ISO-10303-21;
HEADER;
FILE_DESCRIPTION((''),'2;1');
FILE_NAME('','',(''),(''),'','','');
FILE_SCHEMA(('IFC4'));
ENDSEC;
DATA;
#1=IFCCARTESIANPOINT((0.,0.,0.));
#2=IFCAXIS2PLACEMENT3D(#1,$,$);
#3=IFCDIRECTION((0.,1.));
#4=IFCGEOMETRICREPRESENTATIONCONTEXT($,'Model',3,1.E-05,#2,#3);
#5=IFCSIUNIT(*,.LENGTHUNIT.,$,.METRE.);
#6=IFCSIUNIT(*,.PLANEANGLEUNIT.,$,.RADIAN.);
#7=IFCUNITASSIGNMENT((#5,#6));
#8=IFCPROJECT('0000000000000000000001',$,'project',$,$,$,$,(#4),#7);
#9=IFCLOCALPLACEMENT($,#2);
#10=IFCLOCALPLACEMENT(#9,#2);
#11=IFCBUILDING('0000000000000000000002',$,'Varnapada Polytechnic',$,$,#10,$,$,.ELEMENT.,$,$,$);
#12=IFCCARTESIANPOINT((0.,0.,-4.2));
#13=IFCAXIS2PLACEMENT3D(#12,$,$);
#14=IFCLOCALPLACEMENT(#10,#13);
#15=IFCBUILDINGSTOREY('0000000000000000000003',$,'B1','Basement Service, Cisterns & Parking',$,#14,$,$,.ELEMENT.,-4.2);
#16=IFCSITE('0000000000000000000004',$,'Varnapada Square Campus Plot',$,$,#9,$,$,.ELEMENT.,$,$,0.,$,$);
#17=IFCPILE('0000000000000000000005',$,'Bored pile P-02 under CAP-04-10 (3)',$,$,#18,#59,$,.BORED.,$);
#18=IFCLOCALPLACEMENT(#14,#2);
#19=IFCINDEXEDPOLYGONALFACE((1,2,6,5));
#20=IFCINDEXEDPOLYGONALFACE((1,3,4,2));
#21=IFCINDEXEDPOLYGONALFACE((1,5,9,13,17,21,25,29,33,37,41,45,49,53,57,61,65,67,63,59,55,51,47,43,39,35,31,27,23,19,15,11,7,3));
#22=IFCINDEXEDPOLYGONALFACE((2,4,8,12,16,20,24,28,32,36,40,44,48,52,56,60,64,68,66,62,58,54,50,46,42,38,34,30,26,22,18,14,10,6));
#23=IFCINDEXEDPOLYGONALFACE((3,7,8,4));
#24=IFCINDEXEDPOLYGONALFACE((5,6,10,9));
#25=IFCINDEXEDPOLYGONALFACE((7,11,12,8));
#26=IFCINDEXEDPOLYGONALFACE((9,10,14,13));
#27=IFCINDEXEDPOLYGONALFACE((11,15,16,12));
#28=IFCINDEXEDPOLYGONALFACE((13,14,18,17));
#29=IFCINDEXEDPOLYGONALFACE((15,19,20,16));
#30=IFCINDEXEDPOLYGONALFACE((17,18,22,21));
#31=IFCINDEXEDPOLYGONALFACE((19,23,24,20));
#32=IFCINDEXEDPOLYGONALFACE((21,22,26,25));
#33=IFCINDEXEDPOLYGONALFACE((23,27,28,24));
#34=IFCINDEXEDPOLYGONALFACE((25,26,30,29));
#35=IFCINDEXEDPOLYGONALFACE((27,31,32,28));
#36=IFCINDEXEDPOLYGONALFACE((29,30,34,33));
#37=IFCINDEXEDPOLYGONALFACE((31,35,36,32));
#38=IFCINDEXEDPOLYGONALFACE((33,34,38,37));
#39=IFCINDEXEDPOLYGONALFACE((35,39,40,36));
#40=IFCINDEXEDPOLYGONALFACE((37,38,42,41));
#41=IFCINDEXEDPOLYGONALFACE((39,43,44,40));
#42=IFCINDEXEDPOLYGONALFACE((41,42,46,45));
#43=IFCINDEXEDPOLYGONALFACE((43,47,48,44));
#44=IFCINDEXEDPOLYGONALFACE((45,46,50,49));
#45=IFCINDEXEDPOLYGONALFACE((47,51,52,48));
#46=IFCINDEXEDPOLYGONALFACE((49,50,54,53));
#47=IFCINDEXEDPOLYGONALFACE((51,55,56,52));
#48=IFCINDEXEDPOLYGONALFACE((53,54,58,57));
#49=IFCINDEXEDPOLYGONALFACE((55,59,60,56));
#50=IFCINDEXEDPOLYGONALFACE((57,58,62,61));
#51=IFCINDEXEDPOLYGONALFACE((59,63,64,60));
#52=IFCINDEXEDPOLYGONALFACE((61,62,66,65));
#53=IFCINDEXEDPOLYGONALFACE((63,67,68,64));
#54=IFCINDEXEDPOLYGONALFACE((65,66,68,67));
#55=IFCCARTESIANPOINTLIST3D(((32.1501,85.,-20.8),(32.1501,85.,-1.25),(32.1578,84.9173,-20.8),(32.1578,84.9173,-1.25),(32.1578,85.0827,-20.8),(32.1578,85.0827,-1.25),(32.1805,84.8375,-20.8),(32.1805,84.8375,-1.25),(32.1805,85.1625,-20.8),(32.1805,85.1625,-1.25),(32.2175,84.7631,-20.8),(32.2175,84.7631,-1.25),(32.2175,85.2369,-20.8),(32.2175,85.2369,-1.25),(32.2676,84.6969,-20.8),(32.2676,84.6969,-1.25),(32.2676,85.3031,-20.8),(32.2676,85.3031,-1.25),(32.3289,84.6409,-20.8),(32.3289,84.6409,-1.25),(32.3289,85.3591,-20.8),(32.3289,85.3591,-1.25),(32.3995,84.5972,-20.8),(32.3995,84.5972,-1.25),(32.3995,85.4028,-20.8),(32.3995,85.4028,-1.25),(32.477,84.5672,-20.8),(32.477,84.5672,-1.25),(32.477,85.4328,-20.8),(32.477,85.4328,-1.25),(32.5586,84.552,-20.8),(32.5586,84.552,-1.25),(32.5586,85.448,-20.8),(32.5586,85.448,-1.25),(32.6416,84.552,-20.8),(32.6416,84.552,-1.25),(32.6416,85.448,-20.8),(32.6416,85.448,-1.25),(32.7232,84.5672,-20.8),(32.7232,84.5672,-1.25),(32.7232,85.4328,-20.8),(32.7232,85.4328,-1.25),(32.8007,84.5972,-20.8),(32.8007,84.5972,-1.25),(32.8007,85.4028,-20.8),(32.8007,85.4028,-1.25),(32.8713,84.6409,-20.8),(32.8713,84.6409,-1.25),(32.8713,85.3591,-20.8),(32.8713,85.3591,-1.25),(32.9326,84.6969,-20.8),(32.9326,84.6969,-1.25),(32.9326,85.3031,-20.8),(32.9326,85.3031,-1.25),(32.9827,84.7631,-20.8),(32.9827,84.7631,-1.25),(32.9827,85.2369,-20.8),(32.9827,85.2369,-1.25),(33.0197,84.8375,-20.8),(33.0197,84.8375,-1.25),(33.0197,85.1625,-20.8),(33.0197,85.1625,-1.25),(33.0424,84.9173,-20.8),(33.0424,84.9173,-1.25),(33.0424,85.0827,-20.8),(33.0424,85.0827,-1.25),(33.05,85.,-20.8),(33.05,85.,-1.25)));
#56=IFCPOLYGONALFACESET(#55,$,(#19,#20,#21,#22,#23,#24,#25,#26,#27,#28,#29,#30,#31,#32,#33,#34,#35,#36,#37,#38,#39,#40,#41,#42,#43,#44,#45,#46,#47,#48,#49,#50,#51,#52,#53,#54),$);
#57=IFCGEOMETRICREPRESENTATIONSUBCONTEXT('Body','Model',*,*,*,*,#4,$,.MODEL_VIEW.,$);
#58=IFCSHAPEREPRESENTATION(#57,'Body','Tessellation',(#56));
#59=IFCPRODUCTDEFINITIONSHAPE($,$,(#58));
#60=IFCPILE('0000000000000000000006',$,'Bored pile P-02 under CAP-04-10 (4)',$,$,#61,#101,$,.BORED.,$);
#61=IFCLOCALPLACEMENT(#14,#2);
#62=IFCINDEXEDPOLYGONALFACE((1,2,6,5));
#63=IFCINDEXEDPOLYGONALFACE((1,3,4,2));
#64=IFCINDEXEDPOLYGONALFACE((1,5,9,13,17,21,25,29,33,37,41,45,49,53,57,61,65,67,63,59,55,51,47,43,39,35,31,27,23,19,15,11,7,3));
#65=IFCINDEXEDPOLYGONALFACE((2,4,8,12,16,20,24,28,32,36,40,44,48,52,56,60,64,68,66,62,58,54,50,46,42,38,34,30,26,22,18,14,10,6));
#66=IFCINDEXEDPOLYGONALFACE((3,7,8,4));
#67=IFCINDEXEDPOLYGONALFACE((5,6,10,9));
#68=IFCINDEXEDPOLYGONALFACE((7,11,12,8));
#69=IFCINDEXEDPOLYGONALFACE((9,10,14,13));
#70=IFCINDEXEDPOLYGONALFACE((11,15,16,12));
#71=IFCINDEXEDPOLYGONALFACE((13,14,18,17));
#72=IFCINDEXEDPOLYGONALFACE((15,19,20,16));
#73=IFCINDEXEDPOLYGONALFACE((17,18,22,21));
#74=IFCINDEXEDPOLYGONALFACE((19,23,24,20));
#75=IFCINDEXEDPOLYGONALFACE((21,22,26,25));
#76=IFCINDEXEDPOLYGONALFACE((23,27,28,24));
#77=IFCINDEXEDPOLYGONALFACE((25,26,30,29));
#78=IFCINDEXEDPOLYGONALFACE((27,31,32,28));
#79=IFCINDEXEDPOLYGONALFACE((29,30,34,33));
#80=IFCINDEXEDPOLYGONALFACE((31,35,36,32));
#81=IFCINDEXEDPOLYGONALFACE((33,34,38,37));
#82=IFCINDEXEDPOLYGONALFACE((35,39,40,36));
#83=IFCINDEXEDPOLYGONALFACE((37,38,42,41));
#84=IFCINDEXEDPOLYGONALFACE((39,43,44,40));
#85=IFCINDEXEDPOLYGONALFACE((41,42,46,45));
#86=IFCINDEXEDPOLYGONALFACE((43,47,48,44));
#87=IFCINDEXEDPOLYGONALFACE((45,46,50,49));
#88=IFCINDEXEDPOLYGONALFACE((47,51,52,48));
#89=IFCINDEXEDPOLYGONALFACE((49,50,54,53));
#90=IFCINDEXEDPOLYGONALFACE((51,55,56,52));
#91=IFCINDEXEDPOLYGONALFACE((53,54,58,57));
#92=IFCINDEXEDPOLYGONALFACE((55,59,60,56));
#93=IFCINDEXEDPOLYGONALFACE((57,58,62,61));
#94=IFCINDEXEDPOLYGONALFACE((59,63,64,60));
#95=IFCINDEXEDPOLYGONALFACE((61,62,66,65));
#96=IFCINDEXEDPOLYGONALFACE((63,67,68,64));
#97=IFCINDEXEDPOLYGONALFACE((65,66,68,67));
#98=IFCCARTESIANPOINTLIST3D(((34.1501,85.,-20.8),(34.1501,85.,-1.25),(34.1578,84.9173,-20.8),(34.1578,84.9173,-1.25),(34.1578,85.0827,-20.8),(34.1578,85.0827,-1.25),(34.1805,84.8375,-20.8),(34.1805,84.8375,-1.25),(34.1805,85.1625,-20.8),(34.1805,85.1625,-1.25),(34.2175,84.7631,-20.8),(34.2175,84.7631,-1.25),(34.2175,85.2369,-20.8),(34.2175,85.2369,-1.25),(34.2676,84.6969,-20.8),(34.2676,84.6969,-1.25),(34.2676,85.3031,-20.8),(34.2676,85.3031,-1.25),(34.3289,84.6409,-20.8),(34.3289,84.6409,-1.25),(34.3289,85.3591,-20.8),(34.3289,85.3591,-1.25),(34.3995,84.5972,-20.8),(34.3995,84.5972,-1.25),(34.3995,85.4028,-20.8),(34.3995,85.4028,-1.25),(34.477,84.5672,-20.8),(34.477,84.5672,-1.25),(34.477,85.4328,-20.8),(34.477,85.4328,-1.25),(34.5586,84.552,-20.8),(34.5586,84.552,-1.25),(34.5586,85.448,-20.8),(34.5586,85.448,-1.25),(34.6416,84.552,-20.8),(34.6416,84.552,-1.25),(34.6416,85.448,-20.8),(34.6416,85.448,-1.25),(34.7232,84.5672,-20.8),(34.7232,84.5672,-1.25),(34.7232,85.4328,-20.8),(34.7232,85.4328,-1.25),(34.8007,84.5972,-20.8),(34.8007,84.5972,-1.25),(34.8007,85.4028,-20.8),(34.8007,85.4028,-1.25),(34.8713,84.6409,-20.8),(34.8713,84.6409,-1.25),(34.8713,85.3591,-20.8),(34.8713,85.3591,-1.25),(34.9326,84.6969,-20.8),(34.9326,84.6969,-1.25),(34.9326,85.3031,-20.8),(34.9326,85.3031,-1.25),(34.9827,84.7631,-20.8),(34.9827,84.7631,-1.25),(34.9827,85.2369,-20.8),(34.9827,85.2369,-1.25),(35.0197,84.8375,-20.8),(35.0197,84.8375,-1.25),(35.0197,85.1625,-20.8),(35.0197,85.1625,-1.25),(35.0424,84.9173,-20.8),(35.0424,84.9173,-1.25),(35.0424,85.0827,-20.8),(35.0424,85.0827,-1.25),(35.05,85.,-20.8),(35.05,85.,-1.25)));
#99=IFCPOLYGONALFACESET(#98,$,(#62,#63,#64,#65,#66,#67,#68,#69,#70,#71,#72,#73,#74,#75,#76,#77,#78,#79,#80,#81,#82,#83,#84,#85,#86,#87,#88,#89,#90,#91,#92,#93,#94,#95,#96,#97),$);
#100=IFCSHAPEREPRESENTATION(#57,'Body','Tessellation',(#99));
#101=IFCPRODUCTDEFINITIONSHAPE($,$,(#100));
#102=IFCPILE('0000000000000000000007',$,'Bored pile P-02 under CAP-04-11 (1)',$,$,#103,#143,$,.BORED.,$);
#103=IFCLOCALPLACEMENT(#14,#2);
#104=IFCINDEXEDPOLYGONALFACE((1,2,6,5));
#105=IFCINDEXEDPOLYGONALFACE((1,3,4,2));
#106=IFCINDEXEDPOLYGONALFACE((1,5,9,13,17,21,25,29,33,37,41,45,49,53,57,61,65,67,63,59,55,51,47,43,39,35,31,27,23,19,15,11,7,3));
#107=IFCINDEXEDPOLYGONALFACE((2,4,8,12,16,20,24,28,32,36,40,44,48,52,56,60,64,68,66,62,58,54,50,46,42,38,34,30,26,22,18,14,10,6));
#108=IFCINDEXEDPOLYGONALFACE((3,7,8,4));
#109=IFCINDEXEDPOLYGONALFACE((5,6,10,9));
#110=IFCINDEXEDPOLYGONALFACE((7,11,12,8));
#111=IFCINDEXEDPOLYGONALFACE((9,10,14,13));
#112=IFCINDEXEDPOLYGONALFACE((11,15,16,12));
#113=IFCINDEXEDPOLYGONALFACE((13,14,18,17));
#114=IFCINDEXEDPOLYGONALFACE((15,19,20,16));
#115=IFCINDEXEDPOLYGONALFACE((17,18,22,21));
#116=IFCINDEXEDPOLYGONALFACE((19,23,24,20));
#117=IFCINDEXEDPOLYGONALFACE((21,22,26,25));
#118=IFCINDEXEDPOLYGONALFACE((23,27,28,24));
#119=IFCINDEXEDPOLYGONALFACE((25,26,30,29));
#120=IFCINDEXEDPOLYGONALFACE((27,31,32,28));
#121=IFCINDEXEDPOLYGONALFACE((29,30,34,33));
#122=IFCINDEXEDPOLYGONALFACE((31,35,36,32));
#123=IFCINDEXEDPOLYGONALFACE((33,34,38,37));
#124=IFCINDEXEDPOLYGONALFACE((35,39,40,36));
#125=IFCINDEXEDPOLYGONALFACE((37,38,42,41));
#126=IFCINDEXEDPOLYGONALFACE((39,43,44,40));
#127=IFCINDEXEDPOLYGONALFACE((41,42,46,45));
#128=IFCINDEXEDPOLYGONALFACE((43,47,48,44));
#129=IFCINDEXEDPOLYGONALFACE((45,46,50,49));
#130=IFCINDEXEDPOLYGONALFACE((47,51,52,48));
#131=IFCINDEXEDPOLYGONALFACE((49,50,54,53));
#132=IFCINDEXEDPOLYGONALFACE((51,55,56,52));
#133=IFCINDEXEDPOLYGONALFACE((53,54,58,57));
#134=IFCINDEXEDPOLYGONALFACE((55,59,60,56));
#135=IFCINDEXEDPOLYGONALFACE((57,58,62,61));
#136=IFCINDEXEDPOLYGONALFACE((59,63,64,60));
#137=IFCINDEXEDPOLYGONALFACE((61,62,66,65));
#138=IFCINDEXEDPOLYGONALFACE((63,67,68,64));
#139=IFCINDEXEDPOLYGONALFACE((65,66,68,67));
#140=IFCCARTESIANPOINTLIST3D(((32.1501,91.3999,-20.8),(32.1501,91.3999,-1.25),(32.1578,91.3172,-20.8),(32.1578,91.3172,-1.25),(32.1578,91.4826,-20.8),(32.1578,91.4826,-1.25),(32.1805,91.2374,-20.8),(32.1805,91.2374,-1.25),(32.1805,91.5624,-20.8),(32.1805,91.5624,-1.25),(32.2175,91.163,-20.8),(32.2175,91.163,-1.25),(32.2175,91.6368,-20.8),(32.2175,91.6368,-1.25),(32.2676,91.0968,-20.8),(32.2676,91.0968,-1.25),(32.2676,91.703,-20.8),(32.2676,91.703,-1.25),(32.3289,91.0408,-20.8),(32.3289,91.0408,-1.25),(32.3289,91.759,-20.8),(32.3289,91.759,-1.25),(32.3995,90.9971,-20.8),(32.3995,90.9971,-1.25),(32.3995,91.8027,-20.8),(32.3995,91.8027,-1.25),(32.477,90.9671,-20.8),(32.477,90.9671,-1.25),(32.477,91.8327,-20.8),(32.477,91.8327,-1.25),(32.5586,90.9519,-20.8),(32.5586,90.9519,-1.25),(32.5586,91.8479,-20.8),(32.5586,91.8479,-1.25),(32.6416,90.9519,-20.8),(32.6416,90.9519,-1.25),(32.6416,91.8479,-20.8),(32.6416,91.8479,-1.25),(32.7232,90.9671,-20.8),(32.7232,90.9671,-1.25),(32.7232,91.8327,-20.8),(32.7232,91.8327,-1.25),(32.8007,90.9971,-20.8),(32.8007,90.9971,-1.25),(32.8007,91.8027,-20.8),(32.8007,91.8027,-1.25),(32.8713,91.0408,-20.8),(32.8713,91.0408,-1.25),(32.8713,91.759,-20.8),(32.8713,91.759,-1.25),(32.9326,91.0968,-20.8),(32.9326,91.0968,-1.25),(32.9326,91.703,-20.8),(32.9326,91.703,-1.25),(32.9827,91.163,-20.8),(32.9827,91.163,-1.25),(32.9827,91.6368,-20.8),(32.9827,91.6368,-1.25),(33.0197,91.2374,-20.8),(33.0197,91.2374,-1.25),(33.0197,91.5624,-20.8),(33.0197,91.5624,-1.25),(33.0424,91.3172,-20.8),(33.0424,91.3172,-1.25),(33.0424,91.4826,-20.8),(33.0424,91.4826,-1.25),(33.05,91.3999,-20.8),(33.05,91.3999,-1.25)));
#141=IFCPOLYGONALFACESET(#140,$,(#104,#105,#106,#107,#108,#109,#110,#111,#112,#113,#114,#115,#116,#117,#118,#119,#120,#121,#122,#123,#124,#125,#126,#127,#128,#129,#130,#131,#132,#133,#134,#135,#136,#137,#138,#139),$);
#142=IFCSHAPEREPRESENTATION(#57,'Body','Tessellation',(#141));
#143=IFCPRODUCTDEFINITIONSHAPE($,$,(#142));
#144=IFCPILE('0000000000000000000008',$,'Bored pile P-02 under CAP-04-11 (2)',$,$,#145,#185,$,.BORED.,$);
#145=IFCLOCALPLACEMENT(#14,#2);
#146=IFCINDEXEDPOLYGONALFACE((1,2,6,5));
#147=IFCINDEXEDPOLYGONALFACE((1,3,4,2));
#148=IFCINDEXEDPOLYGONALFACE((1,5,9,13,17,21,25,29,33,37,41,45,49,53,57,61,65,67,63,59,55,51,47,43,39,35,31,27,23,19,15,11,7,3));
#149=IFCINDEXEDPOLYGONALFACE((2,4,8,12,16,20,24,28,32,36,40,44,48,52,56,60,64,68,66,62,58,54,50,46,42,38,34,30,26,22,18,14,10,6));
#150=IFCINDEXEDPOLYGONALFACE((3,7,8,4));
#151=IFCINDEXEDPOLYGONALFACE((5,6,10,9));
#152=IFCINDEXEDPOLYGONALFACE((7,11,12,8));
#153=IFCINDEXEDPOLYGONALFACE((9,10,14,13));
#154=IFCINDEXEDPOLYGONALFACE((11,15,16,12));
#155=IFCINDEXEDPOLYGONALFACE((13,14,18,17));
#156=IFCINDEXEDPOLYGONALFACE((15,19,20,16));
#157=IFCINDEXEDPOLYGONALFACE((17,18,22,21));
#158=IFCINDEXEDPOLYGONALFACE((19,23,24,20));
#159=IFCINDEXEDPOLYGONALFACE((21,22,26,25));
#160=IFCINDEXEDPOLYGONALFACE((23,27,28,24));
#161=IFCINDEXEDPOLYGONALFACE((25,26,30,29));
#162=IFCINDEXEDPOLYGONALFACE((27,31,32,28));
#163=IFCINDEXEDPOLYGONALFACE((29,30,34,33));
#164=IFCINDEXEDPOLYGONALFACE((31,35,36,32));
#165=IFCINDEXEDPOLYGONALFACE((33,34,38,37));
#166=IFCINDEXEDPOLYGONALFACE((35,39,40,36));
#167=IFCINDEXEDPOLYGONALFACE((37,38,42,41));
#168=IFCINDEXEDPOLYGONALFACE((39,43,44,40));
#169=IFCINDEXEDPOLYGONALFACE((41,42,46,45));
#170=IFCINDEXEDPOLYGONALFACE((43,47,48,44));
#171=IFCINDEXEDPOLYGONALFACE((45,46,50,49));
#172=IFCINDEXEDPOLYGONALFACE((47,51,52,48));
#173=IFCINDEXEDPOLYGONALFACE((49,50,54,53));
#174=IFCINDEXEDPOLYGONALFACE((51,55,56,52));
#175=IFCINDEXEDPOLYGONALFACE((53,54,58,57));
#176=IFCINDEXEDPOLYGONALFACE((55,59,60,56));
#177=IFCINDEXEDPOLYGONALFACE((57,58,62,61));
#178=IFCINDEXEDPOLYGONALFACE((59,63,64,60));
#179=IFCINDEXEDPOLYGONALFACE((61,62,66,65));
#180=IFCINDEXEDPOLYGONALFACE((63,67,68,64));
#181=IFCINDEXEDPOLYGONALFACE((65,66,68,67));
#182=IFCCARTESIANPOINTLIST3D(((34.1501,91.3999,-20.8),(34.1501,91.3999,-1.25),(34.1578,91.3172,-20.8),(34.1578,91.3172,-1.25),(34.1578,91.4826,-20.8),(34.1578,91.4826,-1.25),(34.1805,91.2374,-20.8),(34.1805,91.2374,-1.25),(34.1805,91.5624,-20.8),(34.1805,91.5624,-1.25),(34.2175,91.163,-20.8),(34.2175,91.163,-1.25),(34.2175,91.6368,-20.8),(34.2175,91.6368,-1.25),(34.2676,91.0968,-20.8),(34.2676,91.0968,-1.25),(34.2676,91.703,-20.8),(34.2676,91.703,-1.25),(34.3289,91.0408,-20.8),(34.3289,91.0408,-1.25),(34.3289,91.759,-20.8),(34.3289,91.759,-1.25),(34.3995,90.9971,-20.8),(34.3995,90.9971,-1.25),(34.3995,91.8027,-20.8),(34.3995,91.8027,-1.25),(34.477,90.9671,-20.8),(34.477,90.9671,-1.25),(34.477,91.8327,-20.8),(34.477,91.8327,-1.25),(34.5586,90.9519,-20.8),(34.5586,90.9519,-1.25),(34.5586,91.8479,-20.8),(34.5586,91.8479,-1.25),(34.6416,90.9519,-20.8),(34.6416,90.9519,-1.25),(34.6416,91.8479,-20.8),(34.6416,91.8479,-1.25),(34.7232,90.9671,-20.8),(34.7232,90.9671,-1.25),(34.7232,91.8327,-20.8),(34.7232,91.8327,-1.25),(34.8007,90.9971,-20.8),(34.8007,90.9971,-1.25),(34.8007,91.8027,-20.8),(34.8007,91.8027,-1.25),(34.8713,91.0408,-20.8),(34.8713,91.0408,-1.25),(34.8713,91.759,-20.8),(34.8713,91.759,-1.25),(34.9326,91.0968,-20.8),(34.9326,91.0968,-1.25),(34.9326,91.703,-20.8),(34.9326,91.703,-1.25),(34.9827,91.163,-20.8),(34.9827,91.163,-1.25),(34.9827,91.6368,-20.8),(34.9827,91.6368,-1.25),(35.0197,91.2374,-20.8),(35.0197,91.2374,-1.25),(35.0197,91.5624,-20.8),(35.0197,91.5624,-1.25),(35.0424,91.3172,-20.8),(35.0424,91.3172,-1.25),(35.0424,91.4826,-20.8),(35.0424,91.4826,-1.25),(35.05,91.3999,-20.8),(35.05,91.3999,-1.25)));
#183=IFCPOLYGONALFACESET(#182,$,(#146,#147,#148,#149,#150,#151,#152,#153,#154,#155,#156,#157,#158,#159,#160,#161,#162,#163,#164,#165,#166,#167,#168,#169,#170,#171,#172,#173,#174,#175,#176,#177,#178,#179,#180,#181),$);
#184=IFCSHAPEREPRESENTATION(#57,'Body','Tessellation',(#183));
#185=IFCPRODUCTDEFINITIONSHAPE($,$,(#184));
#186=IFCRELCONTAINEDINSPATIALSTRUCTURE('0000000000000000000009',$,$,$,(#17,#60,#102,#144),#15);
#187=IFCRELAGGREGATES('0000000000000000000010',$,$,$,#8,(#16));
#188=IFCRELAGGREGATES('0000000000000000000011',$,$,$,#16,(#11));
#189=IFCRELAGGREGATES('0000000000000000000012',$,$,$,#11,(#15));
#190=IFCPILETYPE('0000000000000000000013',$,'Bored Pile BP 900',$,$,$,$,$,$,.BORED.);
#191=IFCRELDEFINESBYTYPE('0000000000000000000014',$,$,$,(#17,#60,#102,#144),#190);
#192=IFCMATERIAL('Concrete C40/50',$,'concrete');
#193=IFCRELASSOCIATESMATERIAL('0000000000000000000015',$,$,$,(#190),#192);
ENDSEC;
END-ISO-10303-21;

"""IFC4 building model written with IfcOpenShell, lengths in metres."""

from ifc_helpers import new_model, si_unit, direction, frame, origin, origin_2d, place, context, subcontext, project, spatial, circle, extrude, material, material_profile, profile_set, type_object, element, save


model = new_model("IFC4")

# Units and contexts
model_context = context("Model", 3, precision=1e-05, world=origin(), true_north=direction((0.0, 1.0)))
body_context = subcontext(model_context, "Body", "Model", "MODEL_VIEW")
ifc_project = project(units=[si_unit("LENGTHUNIT", "METRE"), si_unit("PLANEANGLEUNIT", "RADIAN")], contexts=[model_context])

# Site, building, storey
site_placement = place(None, origin())
site = spatial("IfcSite", under=ifc_project, at=site_placement, Name="Varnapada Square Campus Plot", CompositionType="ELEMENT", RefElevation=0.0)
building_placement = place(site_placement, origin())
building = spatial("IfcBuilding", under=site, at=building_placement, Name="Varnapada Polytechnic", CompositionType="ELEMENT")
storey_placement = place(building_placement, frame((0.0, 0.0, -4.2)))
storey = spatial("IfcBuildingStorey", under=building, at=storey_placement, Name="B1", Description="Basement Service, Cisterns & Parking", CompositionType="ELEMENT", Elevation=-4.2)

# Piles
ifc_material_1 = material(Name="Concrete C40/50", Category="concrete")
ifc_material_profile_1 = material_profile(ifc_material_1, circle(Radius=0.45, at=origin_2d()), Name="BP 900")
ifc_profile_set_1 = profile_set([ifc_material_profile_1], Name="Concrete C40/50")
pile_type_1 = type_object("IfcPileType", Name="Bored Pile BP 900", PredefinedType="BORED", material=ifc_profile_set_1)
for number, where, z_axis, x_axis, name in (
    (1, (32.6001, 85.0, -1.25), (0.0, 0.0, -1.0), (1.0, 0.0, 0.0), "Bored pile P-02 under CAP-04-10 (3)"),
    (2, (34.6001, 85.0, -1.25), (0.0, 0.0, -1.0), (1.0, 0.0, 0.0), "Bored pile P-02 under CAP-04-10 (4)"),
    (3, (32.6001, 91.3999, -1.25), (0.0, 0.0, -1.0), (1.0, 0.0, 0.0), "Bored pile P-02 under CAP-04-11 (1)"),
    (4, (34.6001, 91.3999, -1.25), (0.0, 0.0, -1.0), (1.0, 0.0, 0.0), "Bored pile P-02 under CAP-04-11 (2)"),
):
    element("IfcPile", number, at=place(storey_placement, frame(where, z_axis=z_axis, x_axis=x_axis)), inside=storey, type_object=pile_type_1, Name=name, PredefinedType="BORED", context=body_context, shape_type="SweptSolid", body=[
        extrude(circle(Radius=0.45, at=origin_2d()), origin(), (0.0, 0.0, 1.0), 19.55),
    ])

save(model, "model.ifc")
